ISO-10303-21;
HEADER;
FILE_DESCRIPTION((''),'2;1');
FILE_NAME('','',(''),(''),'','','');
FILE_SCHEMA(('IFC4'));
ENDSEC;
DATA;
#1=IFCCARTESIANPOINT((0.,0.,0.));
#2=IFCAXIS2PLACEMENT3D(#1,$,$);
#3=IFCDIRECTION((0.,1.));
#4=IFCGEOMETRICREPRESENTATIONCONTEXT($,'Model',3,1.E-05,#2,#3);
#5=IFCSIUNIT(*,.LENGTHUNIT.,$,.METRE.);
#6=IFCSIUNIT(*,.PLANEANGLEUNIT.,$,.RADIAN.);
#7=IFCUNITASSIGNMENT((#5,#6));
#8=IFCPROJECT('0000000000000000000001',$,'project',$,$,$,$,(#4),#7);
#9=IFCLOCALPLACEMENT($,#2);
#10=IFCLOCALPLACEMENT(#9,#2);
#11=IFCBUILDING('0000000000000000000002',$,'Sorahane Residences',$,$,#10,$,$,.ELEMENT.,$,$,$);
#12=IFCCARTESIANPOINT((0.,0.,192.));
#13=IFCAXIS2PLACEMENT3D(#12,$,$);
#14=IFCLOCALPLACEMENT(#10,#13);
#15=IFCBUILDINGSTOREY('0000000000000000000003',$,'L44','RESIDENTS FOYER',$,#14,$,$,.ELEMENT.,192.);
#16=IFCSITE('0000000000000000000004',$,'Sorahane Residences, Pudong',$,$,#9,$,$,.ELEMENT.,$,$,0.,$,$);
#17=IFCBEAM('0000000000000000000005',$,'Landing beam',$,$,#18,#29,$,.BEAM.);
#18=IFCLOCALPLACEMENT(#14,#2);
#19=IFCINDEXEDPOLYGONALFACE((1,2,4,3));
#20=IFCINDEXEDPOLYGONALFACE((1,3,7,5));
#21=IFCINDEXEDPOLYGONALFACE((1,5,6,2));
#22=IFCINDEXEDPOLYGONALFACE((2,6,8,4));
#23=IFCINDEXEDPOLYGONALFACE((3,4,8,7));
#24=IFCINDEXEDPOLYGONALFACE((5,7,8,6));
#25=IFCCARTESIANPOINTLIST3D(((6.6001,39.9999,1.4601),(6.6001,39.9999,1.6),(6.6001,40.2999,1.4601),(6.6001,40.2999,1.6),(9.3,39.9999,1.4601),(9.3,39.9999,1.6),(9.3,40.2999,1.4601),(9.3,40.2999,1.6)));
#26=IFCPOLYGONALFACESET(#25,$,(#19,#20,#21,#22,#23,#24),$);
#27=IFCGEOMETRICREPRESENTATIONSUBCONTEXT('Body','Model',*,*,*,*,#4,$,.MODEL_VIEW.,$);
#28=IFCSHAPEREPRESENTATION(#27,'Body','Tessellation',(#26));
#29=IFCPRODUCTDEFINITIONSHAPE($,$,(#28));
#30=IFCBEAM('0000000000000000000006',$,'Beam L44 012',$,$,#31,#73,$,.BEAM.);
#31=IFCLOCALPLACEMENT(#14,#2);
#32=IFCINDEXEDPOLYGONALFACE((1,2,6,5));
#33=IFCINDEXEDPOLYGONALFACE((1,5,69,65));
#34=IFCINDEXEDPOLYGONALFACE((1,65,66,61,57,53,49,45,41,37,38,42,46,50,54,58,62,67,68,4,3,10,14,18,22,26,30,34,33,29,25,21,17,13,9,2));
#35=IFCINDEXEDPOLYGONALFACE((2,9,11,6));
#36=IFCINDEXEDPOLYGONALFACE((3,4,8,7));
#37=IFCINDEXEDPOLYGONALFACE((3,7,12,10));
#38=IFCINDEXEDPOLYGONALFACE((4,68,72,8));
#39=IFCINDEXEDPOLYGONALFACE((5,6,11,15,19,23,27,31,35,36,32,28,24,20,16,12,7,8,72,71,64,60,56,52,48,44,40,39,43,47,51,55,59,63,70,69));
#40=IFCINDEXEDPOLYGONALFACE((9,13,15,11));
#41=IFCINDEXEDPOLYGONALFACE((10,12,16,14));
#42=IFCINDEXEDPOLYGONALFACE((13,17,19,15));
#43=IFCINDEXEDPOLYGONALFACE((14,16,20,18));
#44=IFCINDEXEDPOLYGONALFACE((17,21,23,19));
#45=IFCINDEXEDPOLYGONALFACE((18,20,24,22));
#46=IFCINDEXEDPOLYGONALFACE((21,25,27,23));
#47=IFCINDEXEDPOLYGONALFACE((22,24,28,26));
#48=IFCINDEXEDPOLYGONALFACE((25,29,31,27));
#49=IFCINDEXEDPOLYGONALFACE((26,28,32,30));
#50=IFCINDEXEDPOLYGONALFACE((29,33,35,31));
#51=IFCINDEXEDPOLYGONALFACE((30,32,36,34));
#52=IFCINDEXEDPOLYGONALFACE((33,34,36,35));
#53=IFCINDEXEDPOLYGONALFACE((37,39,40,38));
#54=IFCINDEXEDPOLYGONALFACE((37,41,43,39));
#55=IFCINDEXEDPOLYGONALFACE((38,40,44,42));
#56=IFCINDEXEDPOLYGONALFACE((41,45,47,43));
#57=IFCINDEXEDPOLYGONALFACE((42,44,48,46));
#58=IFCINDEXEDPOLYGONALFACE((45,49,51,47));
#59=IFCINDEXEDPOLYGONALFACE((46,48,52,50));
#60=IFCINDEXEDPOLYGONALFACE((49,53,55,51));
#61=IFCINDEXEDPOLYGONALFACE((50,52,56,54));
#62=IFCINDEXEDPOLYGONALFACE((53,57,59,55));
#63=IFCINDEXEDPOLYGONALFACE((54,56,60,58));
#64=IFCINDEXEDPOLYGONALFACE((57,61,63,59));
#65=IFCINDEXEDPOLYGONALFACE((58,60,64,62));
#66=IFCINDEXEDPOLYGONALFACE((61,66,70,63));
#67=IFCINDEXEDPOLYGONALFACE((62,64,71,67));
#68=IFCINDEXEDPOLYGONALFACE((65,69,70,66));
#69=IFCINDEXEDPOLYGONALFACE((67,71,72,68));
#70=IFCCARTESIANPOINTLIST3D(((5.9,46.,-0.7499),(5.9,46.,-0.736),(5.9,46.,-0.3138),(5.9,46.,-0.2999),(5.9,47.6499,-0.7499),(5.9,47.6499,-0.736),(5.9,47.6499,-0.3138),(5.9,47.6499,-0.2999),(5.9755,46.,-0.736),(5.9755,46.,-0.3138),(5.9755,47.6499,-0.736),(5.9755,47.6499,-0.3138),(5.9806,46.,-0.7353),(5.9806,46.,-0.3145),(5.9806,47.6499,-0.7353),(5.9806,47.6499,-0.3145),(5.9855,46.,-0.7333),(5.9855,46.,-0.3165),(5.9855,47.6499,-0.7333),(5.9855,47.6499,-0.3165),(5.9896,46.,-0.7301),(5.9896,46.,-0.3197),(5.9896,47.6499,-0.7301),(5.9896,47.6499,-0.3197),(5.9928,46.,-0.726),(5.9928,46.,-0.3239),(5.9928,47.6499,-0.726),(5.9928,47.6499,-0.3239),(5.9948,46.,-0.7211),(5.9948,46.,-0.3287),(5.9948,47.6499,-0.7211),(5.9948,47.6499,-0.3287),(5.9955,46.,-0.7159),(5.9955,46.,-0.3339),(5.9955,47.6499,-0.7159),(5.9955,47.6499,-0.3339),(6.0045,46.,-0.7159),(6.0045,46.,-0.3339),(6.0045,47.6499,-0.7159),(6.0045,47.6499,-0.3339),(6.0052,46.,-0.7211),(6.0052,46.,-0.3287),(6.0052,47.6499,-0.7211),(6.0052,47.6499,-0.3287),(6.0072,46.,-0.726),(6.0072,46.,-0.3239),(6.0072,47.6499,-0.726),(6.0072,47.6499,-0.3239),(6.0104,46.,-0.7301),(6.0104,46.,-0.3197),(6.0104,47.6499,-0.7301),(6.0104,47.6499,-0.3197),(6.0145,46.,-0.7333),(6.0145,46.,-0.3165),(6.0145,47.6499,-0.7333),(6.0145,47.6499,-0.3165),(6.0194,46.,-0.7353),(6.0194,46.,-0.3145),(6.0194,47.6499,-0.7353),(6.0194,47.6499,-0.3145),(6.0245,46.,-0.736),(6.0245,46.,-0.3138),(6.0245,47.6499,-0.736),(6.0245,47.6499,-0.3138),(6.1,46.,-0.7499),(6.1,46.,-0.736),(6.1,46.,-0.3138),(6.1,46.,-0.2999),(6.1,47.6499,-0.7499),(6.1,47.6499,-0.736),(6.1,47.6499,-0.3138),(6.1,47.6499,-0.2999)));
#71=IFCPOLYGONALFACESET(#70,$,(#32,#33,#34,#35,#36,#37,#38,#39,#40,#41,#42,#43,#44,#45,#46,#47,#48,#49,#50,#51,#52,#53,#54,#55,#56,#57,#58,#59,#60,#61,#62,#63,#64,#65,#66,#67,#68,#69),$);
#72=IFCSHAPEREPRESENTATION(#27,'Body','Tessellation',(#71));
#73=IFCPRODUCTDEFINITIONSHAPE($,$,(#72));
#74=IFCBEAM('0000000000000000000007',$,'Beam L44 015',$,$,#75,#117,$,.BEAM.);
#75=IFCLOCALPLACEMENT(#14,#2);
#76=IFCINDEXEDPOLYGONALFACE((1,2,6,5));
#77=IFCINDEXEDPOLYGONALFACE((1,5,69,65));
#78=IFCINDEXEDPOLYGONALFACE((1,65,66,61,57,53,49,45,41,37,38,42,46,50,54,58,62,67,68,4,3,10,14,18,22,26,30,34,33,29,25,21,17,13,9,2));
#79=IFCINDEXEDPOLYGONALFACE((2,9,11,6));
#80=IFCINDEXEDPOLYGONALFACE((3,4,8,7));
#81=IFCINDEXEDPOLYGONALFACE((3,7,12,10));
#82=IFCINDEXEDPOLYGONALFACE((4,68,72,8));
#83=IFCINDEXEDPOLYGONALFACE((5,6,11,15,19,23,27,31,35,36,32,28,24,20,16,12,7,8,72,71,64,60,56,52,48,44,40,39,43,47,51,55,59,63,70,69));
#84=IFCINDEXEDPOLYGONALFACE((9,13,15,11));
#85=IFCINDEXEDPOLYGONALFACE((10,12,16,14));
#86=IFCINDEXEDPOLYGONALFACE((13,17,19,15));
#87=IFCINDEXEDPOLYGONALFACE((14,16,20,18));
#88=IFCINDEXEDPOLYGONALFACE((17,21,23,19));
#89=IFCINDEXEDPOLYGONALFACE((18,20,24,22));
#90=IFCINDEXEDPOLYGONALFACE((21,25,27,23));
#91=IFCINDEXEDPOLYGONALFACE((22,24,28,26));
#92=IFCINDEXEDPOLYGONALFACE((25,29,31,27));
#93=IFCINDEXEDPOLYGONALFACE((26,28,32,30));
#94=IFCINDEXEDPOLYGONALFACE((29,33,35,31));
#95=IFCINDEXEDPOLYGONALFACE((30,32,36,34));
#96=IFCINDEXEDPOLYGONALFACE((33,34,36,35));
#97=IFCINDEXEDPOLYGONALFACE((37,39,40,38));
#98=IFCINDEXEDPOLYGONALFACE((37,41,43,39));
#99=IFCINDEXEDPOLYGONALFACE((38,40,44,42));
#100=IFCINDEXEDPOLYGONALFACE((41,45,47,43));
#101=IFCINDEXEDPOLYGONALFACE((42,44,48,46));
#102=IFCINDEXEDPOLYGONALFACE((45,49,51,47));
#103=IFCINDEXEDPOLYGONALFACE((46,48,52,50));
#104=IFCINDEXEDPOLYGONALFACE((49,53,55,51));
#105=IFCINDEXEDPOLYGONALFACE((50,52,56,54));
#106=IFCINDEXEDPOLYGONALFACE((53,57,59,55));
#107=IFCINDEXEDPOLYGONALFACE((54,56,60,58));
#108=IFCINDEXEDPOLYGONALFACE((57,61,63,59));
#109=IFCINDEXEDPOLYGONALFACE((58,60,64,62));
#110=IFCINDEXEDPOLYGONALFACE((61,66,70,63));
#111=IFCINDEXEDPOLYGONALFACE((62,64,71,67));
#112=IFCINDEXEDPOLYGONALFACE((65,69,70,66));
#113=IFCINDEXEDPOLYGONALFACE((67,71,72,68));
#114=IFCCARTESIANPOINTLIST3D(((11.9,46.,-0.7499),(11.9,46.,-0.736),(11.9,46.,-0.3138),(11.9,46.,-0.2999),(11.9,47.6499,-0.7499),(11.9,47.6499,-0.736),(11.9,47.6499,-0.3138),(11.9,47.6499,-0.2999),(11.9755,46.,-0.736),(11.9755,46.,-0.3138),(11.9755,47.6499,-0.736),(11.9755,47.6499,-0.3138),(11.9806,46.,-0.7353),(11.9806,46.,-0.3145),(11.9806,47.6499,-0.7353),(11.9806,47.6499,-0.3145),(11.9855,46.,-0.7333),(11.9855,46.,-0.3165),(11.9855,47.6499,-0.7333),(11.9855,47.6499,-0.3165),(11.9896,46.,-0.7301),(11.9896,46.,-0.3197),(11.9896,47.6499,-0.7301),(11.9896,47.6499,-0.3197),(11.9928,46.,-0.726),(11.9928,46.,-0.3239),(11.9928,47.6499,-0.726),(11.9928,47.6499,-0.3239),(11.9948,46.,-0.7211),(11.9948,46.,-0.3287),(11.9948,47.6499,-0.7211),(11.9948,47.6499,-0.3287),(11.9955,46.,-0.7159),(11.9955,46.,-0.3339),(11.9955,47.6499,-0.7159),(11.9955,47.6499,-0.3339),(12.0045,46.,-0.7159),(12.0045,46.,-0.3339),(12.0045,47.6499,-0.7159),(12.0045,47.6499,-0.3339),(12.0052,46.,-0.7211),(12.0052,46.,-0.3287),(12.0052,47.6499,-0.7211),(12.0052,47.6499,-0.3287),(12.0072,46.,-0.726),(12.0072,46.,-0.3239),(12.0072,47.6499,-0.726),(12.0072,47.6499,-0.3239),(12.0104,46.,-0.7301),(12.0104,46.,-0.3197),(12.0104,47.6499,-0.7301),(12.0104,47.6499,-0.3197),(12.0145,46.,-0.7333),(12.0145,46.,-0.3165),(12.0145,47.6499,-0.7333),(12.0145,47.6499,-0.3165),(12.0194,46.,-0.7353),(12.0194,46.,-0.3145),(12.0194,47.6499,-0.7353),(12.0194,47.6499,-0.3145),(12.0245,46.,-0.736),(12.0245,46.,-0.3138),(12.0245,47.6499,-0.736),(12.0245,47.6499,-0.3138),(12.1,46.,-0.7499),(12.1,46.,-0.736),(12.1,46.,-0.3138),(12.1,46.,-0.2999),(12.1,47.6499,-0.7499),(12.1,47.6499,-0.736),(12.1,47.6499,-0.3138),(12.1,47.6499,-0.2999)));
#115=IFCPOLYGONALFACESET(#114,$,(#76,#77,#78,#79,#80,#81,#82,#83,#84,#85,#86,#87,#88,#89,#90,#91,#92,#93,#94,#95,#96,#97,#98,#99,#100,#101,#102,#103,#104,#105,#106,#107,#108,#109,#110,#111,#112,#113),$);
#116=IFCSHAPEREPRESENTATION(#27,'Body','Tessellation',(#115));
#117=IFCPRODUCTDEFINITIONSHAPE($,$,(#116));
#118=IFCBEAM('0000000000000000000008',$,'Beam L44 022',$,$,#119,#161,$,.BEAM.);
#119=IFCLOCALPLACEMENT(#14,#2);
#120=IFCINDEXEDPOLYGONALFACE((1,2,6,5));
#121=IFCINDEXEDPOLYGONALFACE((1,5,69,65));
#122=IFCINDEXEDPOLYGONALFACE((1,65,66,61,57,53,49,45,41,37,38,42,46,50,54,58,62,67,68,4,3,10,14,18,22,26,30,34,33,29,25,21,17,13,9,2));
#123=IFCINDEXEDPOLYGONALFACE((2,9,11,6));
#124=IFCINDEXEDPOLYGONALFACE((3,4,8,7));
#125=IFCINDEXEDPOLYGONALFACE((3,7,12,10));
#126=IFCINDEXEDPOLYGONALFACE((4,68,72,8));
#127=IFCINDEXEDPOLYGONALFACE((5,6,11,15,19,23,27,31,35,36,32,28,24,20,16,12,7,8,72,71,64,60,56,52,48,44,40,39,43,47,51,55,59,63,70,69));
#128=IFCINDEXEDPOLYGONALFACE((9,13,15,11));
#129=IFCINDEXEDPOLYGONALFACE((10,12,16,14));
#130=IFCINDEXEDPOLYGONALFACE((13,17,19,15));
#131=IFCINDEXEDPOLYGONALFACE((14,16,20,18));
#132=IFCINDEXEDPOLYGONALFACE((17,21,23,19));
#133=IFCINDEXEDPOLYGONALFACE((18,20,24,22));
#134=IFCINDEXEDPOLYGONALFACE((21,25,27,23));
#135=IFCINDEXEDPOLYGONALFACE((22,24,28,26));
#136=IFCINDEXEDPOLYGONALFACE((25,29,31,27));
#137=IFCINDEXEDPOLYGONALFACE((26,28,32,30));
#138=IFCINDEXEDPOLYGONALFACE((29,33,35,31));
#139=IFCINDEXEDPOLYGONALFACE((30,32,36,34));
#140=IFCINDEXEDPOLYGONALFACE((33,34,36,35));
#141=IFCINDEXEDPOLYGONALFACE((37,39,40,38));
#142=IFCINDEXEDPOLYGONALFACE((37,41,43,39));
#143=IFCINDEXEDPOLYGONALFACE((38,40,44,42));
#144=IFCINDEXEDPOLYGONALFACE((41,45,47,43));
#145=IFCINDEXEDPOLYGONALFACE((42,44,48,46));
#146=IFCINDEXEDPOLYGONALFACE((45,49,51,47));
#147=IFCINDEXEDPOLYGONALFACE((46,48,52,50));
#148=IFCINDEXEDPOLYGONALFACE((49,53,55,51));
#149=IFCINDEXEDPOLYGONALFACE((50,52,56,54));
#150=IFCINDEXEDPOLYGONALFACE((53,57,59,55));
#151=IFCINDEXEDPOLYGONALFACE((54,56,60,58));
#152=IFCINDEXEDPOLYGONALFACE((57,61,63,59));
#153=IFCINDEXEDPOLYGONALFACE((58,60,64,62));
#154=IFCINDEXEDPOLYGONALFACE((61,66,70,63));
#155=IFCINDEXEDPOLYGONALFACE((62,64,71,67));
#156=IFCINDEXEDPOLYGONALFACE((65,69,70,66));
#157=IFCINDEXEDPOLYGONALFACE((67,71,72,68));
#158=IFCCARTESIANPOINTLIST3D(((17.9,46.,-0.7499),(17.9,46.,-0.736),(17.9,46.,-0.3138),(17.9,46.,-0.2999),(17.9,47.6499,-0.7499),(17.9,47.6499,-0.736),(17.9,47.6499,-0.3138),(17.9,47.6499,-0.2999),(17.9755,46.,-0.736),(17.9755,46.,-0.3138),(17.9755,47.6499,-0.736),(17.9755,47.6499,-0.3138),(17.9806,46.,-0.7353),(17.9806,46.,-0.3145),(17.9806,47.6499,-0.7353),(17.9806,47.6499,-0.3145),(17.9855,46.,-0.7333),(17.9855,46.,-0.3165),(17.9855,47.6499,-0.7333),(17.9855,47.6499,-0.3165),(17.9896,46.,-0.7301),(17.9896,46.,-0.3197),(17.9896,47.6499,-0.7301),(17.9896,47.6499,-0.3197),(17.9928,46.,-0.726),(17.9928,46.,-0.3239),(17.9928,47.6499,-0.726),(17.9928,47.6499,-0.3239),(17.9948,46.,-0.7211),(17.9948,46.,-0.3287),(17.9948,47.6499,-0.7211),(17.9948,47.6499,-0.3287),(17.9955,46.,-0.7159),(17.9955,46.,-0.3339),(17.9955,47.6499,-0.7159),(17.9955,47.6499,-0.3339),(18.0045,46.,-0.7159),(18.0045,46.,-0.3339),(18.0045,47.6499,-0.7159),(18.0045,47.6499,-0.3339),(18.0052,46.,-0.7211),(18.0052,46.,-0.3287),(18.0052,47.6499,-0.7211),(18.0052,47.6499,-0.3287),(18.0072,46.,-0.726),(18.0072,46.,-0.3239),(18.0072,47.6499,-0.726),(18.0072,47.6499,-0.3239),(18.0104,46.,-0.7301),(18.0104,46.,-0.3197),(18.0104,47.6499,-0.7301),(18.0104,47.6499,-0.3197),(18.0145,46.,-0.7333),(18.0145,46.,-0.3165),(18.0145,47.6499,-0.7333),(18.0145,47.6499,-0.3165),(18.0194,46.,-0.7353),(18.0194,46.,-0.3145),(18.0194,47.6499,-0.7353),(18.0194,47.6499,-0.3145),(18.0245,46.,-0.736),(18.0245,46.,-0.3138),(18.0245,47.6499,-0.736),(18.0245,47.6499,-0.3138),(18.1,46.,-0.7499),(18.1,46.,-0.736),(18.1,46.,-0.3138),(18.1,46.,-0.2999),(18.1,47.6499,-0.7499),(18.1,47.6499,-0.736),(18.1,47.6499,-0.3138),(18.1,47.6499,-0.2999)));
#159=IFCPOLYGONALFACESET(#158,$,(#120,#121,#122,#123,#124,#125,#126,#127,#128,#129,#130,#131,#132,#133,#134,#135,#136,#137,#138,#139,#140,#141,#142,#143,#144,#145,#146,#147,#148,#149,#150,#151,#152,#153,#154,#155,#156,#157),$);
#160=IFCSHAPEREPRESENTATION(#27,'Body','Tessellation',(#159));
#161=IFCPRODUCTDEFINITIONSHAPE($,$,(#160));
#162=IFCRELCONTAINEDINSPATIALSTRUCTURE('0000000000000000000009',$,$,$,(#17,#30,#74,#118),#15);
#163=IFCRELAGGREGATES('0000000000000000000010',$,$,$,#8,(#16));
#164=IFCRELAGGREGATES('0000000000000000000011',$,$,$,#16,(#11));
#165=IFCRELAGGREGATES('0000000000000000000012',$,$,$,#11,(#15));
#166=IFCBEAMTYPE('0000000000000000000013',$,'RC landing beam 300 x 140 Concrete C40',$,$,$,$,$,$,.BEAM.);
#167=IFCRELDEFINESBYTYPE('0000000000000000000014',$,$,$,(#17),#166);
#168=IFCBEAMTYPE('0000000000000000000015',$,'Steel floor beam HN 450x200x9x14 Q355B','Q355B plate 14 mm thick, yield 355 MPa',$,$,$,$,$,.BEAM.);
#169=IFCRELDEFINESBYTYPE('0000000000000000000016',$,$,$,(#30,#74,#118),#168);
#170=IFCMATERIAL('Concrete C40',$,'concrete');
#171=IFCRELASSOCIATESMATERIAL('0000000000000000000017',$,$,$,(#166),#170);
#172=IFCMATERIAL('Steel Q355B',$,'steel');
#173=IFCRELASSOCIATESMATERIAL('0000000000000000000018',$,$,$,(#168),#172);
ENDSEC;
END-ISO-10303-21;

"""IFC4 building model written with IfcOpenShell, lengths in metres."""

from ifc_helpers import new_model, si_unit, direction, frame, origin, origin_2d, place, context, subcontext, project, spatial, rectangle, i_section, extrude, material, material_profile, profile_set, type_object, element, save


model = new_model("IFC4")

# Units and contexts
model_context = context("Model", 3, precision=1e-05, world=origin(), true_north=direction((0.0, 1.0)))
body_context = subcontext(model_context, "Body", "Model", "MODEL_VIEW")
ifc_project = project(units=[si_unit("LENGTHUNIT", "METRE"), si_unit("PLANEANGLEUNIT", "RADIAN")], contexts=[model_context])

# Site, building, storey
site_placement = place(None, origin())
site = spatial("IfcSite", under=ifc_project, at=site_placement, Name="Sorahane Residences, Pudong", CompositionType="ELEMENT", RefElevation=0.0)
building_placement = place(site_placement, origin())
building = spatial("IfcBuilding", under=site, at=building_placement, Name="Sorahane Residences", CompositionType="ELEMENT")
storey_placement = place(building_placement, frame((0.0, 0.0, 192.0)))
storey = spatial("IfcBuildingStorey", under=building, at=storey_placement, Name="L44", Description="RESIDENTS FOYER", CompositionType="ELEMENT", Elevation=192.0)

# Beams
ifc_material_1 = material(Name="Concrete C40", Category="concrete")
ifc_material_profile_1 = material_profile(ifc_material_1, rectangle(XDim=0.3, YDim=0.1399, at=origin_2d()), Name="300x140")
ifc_profile_set_1 = profile_set([ifc_material_profile_1], Name="Concrete C40")
beam_type_1 = type_object("IfcBeamType", Name="RC landing beam 300 x 140 Concrete C40", PredefinedType="BEAM", material=ifc_profile_set_1)
beam_placement = place(storey_placement, frame((6.6001, 40.1499, 1.53), z_axis=(1.0, 0.0, 0.0), x_axis=(0.0, 1.0, 0.0)))
element("IfcBeam", 1, at=beam_placement, inside=storey, type_object=beam_type_1, Name="Landing beam", PredefinedType="BEAM", context=body_context, shape_type="SweptSolid", body=[
    extrude(rectangle(XDim=0.3, YDim=0.1399, at=origin_2d()), origin(), (0.0, 0.0, 1.0), 2.7),
])
ifc_material_2 = material(Name="Steel Q355B", Category="steel")
ifc_material_profile_2 = material_profile(ifc_material_2, i_section(OverallWidth=0.2, OverallDepth=0.45, WebThickness=0.009, FlangeThickness=0.0139, FilletRadius=0.02, at=origin_2d()), Name="HN 450x200x9x14")
ifc_profile_set_2 = profile_set([ifc_material_profile_2], Name="Steel Q355B")
beam_type_2 = type_object("IfcBeamType", Name="Steel floor beam HN 450x200x9x14 Q355B", Description="Q355B plate 14 mm thick, yield 355 MPa", PredefinedType="BEAM", material=ifc_profile_set_2)
for number, where, z_axis, x_axis, name in (
    (2, (6.0, 46.0, -0.5249), (0.0, 1.0, 0.0), (-1.0, 0.0, 0.0), "Beam L44 012"),
    (3, (12.0, 46.0, -0.5249), (0.0, 1.0, 0.0), (-1.0, 0.0, 0.0), "Beam L44 015"),
    (4, (18.0, 46.0, -0.5249), (0.0, 1.0, 0.0), (-1.0, 0.0, 0.0), "Beam L44 022"),
):
    element("IfcBeam", number, at=place(storey_placement, frame(where, z_axis=z_axis, x_axis=x_axis)), inside=storey, type_object=beam_type_2, Name=name, PredefinedType="BEAM", context=body_context, shape_type="SweptSolid", body=[
        extrude(i_section(OverallWidth=0.2, OverallDepth=0.45, WebThickness=0.009, FlangeThickness=0.0139, FilletRadius=0.02, at=origin_2d()), origin(), (0.0, 0.0, 1.0), 1.6499),
    ])

save(model, "model.ifc")
